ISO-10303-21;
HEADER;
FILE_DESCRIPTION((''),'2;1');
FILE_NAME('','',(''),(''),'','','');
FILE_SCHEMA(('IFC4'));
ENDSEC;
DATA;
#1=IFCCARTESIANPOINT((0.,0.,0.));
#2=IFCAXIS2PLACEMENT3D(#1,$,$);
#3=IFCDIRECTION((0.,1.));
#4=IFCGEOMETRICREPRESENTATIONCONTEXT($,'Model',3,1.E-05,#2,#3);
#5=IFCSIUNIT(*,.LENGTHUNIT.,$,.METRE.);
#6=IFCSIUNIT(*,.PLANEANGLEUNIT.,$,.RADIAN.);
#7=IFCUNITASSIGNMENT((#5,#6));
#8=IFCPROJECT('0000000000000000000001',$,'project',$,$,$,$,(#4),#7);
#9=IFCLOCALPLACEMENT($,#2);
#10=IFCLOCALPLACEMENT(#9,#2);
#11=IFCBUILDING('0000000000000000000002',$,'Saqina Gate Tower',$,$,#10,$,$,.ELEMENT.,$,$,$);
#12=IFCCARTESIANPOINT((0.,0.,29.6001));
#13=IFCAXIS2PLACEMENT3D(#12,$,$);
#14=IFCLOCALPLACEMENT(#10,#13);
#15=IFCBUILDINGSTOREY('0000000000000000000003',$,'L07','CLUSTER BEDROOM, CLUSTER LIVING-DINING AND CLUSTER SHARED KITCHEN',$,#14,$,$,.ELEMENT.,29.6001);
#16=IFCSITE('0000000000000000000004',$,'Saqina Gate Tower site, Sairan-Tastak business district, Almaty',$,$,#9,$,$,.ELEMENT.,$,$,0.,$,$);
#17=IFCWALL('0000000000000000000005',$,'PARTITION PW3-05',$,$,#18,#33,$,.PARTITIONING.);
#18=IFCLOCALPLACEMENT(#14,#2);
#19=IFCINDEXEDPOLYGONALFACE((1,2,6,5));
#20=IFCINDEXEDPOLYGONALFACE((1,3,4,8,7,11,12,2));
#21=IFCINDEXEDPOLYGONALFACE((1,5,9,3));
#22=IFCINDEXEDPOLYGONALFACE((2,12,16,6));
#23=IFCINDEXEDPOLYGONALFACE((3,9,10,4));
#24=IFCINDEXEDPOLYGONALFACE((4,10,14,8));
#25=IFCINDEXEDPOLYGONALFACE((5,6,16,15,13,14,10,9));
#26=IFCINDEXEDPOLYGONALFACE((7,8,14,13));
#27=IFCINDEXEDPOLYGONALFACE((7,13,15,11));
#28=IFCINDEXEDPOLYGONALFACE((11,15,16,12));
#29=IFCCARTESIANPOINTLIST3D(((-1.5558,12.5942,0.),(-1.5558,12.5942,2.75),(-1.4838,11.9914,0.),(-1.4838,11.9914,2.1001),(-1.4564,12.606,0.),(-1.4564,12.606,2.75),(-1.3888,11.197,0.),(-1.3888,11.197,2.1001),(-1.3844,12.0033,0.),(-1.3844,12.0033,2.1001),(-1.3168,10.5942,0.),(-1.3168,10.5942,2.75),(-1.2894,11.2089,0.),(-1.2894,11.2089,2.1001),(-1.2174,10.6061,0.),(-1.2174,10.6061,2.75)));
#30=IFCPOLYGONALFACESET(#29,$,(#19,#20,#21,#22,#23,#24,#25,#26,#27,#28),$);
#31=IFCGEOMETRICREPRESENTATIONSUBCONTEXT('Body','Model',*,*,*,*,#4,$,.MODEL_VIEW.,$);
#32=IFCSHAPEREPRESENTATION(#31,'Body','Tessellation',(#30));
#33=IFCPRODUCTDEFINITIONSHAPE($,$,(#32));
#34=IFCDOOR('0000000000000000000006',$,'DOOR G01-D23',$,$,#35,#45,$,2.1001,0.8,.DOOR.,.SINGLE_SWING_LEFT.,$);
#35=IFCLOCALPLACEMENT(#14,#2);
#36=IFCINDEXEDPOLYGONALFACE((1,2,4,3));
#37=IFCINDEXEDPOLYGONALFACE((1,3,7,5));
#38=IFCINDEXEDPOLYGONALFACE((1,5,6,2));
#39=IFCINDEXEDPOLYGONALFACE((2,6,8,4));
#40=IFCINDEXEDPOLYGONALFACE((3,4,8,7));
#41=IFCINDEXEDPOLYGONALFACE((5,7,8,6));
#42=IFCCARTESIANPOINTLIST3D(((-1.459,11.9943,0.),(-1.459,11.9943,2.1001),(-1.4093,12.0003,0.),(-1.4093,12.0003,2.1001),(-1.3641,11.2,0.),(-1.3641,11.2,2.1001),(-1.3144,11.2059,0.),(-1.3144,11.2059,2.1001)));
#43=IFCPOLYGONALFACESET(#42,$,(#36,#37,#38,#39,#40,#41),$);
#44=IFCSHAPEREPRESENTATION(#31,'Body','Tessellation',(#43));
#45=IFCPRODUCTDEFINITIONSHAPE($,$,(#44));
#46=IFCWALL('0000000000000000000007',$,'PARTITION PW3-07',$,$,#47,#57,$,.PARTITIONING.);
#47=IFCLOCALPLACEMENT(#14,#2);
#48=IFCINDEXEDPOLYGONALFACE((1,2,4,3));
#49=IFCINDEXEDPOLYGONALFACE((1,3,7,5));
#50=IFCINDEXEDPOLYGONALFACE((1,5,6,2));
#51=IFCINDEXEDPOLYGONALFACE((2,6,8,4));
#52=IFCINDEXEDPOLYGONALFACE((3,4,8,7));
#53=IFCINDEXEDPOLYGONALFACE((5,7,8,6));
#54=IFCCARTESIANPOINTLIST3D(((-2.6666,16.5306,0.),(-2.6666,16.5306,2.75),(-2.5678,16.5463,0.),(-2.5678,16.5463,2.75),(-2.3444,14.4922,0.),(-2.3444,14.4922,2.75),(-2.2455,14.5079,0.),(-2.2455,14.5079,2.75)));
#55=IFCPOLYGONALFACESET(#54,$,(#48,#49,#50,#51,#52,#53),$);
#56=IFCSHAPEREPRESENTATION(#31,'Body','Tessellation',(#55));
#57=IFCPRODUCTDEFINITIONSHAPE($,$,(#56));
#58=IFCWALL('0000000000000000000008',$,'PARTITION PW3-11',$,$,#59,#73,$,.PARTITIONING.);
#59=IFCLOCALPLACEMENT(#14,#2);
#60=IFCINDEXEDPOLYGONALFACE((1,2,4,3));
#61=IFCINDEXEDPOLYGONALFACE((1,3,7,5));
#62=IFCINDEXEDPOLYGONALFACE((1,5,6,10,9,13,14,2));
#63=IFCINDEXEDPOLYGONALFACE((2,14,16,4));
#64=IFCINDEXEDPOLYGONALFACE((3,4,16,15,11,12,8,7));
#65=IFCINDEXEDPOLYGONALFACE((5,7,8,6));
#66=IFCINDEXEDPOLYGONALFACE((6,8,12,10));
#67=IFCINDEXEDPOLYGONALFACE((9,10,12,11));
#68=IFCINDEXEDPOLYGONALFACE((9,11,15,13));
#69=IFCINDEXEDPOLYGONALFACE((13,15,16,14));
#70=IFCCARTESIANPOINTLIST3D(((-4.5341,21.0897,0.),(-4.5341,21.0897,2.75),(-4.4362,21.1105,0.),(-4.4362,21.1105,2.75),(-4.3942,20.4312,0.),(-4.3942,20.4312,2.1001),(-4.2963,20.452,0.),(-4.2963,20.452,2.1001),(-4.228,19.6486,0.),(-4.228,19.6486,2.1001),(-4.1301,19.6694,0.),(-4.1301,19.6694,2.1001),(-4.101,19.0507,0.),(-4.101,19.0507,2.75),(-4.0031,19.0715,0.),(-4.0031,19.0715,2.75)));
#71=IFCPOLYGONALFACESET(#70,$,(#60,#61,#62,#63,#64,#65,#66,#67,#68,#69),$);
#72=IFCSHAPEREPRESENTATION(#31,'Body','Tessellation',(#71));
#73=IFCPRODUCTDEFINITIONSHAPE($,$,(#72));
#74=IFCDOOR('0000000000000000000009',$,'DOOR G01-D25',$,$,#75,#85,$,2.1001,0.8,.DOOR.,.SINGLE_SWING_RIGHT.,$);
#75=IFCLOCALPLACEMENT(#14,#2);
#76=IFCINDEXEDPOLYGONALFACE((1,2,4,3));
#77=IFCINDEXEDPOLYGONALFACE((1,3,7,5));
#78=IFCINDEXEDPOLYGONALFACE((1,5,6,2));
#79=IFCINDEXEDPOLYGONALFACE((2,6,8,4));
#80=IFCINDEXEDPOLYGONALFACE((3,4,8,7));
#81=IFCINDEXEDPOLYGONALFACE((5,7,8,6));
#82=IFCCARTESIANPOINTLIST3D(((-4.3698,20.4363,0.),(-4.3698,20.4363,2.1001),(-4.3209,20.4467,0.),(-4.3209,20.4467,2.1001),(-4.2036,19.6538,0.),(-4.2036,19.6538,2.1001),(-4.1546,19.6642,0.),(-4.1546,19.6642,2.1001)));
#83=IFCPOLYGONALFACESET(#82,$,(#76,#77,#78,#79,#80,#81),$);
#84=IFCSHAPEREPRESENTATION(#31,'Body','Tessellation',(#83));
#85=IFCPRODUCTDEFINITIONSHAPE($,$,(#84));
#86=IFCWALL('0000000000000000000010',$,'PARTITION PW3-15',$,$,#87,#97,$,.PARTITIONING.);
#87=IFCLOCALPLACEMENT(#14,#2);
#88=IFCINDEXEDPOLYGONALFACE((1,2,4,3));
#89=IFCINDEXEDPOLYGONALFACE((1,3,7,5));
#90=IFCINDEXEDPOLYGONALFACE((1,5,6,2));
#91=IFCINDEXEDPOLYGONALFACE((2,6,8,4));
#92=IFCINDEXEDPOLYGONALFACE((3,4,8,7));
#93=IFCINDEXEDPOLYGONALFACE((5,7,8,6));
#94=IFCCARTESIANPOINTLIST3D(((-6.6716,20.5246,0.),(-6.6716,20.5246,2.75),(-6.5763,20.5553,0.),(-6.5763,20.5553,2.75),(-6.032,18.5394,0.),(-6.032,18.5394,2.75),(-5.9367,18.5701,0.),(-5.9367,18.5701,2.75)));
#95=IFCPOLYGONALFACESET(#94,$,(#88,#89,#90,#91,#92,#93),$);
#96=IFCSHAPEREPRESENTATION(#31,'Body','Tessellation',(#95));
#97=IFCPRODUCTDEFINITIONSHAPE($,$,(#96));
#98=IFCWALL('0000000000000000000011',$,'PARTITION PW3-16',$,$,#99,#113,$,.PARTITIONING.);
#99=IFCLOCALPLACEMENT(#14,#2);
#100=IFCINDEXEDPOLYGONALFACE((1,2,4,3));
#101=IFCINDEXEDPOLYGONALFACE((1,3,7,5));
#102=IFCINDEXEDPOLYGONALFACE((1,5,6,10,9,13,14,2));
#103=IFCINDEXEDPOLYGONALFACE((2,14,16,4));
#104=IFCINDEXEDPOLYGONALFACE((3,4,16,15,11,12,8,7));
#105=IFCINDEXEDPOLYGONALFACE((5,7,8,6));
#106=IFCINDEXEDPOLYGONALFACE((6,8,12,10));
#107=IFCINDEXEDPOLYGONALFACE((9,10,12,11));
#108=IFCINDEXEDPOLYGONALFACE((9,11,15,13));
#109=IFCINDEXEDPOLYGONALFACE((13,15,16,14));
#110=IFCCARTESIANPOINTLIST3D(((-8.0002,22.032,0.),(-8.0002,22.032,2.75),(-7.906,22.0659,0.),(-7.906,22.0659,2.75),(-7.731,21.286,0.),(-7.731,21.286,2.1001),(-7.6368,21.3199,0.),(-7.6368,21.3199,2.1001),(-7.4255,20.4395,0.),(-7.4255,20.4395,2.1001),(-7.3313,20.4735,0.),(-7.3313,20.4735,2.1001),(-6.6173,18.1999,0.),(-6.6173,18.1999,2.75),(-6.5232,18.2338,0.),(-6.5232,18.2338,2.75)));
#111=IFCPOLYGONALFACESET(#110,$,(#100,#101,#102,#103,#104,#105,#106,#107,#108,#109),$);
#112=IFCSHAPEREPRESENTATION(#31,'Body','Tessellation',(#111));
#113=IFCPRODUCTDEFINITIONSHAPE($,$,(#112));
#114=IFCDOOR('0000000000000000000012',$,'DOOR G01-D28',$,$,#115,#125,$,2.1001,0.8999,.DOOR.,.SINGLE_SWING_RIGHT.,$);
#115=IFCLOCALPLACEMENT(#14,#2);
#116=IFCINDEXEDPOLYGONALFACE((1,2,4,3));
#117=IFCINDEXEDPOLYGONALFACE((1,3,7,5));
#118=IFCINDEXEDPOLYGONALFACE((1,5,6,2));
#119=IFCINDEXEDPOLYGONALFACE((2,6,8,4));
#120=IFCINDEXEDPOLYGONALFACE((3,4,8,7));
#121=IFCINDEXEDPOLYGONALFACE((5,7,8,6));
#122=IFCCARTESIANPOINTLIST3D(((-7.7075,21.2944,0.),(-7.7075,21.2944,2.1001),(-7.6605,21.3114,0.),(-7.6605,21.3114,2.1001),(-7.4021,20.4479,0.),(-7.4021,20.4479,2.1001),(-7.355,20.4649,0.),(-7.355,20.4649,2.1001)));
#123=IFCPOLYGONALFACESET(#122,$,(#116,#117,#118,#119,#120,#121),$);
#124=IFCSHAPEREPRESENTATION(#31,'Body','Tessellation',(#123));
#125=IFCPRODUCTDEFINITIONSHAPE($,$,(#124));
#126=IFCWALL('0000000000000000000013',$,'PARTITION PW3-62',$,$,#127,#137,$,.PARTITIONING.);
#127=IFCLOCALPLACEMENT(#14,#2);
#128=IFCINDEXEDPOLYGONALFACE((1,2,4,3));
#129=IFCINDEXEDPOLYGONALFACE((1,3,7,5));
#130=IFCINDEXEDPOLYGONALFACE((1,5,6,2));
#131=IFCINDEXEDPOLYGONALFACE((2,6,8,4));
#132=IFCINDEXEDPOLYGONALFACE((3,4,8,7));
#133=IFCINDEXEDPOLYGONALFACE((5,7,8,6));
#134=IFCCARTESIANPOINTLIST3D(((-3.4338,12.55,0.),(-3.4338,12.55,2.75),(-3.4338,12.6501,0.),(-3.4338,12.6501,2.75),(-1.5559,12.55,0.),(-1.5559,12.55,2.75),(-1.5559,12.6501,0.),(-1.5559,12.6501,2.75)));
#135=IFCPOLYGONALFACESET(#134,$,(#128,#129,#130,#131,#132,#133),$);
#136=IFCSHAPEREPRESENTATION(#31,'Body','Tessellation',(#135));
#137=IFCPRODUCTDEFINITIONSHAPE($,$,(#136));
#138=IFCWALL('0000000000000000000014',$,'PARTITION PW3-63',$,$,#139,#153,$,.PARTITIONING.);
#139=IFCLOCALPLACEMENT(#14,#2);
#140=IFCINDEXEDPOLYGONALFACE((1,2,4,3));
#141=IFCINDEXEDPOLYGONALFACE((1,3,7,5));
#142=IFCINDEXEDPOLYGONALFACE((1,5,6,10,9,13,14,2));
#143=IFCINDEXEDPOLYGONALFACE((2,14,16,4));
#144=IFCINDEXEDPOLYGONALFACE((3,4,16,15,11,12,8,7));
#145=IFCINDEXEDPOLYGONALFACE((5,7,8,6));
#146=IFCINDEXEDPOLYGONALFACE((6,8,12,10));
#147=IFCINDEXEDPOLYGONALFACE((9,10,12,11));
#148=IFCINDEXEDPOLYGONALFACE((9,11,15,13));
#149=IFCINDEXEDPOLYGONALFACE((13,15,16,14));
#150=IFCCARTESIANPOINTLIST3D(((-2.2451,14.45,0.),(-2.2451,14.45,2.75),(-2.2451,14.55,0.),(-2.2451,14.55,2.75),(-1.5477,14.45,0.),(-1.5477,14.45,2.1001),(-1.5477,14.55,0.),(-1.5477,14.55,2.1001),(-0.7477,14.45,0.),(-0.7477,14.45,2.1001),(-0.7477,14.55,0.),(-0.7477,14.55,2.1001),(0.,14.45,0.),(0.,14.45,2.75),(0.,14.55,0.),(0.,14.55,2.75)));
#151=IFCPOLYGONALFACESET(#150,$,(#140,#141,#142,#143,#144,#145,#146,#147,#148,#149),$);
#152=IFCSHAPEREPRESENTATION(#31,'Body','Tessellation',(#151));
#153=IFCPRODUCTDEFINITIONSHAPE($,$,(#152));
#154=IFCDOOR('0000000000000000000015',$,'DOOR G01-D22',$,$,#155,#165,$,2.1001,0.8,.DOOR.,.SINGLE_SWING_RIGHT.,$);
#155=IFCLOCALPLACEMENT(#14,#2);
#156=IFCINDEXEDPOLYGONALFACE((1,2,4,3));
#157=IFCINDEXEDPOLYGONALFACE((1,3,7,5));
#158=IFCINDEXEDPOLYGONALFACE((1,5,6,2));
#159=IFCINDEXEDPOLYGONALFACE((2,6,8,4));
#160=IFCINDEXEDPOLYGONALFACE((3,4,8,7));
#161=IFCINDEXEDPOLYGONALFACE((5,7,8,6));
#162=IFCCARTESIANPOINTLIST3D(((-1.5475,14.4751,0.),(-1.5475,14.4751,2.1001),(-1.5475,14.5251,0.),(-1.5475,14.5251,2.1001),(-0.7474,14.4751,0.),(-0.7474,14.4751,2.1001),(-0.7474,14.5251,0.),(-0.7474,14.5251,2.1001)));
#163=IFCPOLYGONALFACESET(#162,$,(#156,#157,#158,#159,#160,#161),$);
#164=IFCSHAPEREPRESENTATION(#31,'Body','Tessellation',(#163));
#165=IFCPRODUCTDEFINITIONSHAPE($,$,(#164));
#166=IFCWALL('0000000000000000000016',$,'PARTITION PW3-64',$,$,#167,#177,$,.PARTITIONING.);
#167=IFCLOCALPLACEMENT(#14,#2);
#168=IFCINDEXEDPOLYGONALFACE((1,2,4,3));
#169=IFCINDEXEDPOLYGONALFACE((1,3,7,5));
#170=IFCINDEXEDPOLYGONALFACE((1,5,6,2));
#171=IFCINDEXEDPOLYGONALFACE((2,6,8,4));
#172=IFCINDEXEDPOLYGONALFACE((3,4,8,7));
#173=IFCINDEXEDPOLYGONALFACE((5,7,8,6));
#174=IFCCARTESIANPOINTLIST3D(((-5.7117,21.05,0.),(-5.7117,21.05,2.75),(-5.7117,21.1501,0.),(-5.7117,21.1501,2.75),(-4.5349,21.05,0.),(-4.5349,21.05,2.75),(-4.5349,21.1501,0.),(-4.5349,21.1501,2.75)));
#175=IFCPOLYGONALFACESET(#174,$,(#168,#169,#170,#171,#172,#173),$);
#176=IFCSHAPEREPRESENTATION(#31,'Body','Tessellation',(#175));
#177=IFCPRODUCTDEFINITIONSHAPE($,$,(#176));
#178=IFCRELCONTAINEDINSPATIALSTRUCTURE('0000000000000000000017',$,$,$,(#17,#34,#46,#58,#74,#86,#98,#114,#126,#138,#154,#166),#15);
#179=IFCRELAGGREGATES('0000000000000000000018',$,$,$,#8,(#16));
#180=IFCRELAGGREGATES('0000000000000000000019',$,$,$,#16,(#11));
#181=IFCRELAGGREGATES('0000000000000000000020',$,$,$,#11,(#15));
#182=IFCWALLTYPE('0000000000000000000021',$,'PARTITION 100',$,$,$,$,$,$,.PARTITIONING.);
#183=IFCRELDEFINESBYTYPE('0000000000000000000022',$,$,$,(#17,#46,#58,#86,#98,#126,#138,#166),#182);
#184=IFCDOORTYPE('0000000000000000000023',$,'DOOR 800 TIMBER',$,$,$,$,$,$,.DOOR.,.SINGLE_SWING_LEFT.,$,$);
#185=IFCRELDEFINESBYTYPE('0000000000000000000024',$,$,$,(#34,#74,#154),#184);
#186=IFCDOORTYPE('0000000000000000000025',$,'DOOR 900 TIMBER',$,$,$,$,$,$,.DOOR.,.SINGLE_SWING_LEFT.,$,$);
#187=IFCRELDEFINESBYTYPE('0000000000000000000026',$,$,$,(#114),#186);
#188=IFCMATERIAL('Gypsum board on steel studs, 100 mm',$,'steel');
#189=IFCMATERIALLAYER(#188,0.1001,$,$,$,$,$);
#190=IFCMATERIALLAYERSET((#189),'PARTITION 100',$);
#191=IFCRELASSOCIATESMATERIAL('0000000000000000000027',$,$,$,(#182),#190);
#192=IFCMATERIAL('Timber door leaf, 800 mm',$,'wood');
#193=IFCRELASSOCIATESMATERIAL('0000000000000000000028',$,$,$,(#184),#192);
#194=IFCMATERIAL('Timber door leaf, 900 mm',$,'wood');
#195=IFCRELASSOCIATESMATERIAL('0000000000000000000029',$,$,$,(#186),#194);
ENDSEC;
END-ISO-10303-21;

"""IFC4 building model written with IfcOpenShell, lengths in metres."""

from ifc_helpers import new_model, si_unit, direction, frame, frame_2d, origin, place, context, subcontext, project, spatial, rectangle, extrude, material, layer, layer_set, type_object, element, fill, save


model = new_model("IFC4")

# Units and contexts
model_context = context("Model", 3, precision=1e-05, world=origin(), true_north=direction((0.0, 1.0)))
body_context = subcontext(model_context, "Body", "Model", "MODEL_VIEW")
ifc_project = project(units=[si_unit("LENGTHUNIT", "METRE"), si_unit("PLANEANGLEUNIT", "RADIAN")], contexts=[model_context])

# Site, building, storey
site_placement = place(None, origin())
site = spatial("IfcSite", under=ifc_project, at=site_placement, Name="Saqina Gate Tower site, Sairan-Tastak business district, Almaty", CompositionType="ELEMENT", RefElevation=0.0)
building_placement = place(site_placement, origin())
building = spatial("IfcBuilding", under=site, at=building_placement, Name="Saqina Gate Tower", CompositionType="ELEMENT")
storey_placement = place(building_placement, frame((0.0, 0.0, 29.6001)))
storey = spatial("IfcBuildingStorey", under=building, at=storey_placement, Name="L07", Description="CLUSTER BEDROOM, CLUSTER LIVING-DINING AND CLUSTER SHARED KITCHEN", CompositionType="ELEMENT", Elevation=29.6001)

# Wall, opening, door
ifc_material_1 = material(Name="Gypsum board on steel studs, 100 mm", Category="steel")
ifc_layer_1 = layer(ifc_material_1, 0.1001)
ifc_layer_set_1 = layer_set([ifc_layer_1], Name="PARTITION 100")
wall_type_1 = type_object("IfcWallType", Name="PARTITION 100", PredefinedType="PARTITIONING", material=ifc_layer_set_1)
wall_1_placement = place(storey_placement, frame((-1.5061, 12.6001, 0.0), z_axis=(0.0, 0.0, 1.0), x_axis=(0.118662, -0.992935, 0.0)))
wall_1 = element("IfcWall", 1, at=wall_1_placement, inside=storey, type_object=wall_type_1, Name="PARTITION PW3-05", PredefinedType="PARTITIONING", context=body_context, shape_type="SweptSolid", body=[
    extrude(rectangle(XDim=2.0142, YDim=0.1001, at=frame_2d((1.0071, 0.0))), origin(), (0.0, 0.0, 1.0), 2.75),
])
opening_1_placement = place(wall_1_placement, frame((0.6072, 0.0, 0.0)))
opening_1 = element("IfcOpeningElement", 2, at=opening_1_placement, cuts=wall_1, PredefinedType="OPENING", context=body_context, shape_type="SweptSolid", body=[
    extrude(rectangle(XDim=0.8, YDim=2.1001, at=frame_2d((0.3999, 1.05))), frame((0.0, 0.062, 0.0), z_axis=(0.0, -1.0, 0.0), x_axis=(1.0, 0.0, 0.0)), (0.0, 0.0, 1.0), 0.124),
])
ifc_material_2 = material(Name="Timber door leaf, 800 mm", Category="wood")
door_type_1 = type_object("IfcDoorType", Name="DOOR 800 TIMBER", OperationType="SINGLE_SWING_LEFT", PredefinedType="DOOR", material=ifc_material_2)
door_1_placement = place(opening_1_placement, origin())
door_1 = element("IfcDoor", 3, at=door_1_placement, inside=storey, type_object=door_type_1, Name="DOOR G01-D23", OperationType="SINGLE_SWING_LEFT", OverallHeight=2.1001, OverallWidth=0.8, PredefinedType="DOOR", context=body_context, shape_type="SweptSolid", body=[
    extrude(rectangle(XDim=0.8, YDim=2.1001, at=frame_2d((0.3999, 1.05))), frame((0.0, 0.0249, 0.0), z_axis=(0.0, -1.0, 0.0), x_axis=(1.0, 0.0, 0.0)), (0.0, 0.0, 1.0), 0.05),
])
fill(opening_1, door_1)

# Wall
wall_2_placement = place(storey_placement, frame((-2.6172, 16.5383, 0.0), z_axis=(0.0, 0.0, 1.0), x_axis=(0.156163, -0.987731, 0.0)))
element("IfcWall", 4, at=wall_2_placement, inside=storey, type_object=wall_type_1, Name="PARTITION PW3-07", PredefinedType="PARTITIONING", context=body_context, shape_type="SweptSolid", body=[
    extrude(rectangle(XDim=2.0637, YDim=0.1001, at=frame_2d((1.0317, 0.0))), origin(), (0.0, 0.0, 1.0), 2.75),
])

# Wall, opening, door
wall_3_placement = place(storey_placement, frame((-4.4851, 21.1001, 0.0), z_axis=(0.0, 0.0, 1.0), x_axis=(0.207769, -0.978178, 0.0)))
wall_3 = element("IfcWall", 5, at=wall_3_placement, inside=storey, type_object=wall_type_1, Name="PARTITION PW3-11", PredefinedType="PARTITIONING", context=body_context, shape_type="SweptSolid", body=[
    extrude(rectangle(XDim=2.0845, YDim=0.1001, at=frame_2d((1.0422, 0.0))), origin(), (0.0, 0.0, 1.0), 2.75),
])
opening_2_placement = place(wall_3_placement, frame((0.6733, 0.0, 0.0)))
opening_2 = element("IfcOpeningElement", 6, at=opening_2_placement, cuts=wall_3, PredefinedType="OPENING", context=body_context, shape_type="SweptSolid", body=[
    extrude(rectangle(XDim=0.8, YDim=2.1001, at=frame_2d((0.3999, 1.05))), frame((0.0, 0.062, 0.0), z_axis=(0.0, -1.0, 0.0), x_axis=(1.0, 0.0, 0.0)), (0.0, 0.0, 1.0), 0.124),
])
door_2_placement = place(opening_2_placement, origin())
door_2 = element("IfcDoor", 7, at=door_2_placement, inside=storey, type_object=door_type_1, Name="DOOR G01-D25", OperationType="SINGLE_SWING_RIGHT", OverallHeight=2.1001, OverallWidth=0.8, PredefinedType="DOOR", context=body_context, shape_type="SweptSolid", body=[
    extrude(rectangle(XDim=0.8, YDim=2.1001, at=frame_2d((0.3999, 1.05))), frame((0.0, 0.0249, 0.0), z_axis=(0.0, -1.0, 0.0), x_axis=(1.0, 0.0, 0.0)), (0.0, 0.0, 1.0), 0.05),
])
fill(opening_2, door_2)

# Wall
wall_4_placement = place(storey_placement, frame((-6.624, 20.54, 0.0), z_axis=(0.0, 0.0, 1.0), x_axis=(0.306695, -0.951808, 0.0)))
element("IfcWall", 8, at=wall_4_placement, inside=storey, type_object=wall_type_1, Name="PARTITION PW3-15", PredefinedType="PARTITIONING", context=body_context, shape_type="SweptSolid", body=[
    extrude(rectangle(XDim=2.0857, YDim=0.1001, at=frame_2d((1.043, 0.0))), origin(), (0.0, 0.0, 1.0), 2.75),
])

# Wall, opening, door
wall_5_placement = place(storey_placement, frame((-7.9531, 22.0491, 0.0), z_axis=(0.0, 0.0, 1.0), x_axis=(0.339432, -0.94063, 0.0)))
wall_5 = element("IfcWall", 9, at=wall_5_placement, inside=storey, type_object=wall_type_1, Name="PARTITION PW3-16", PredefinedType="PARTITIONING", context=body_context, shape_type="SweptSolid", body=[
    extrude(rectangle(XDim=4.074, YDim=0.1001, at=frame_2d((2.0371, 0.0))), origin(), (0.0, 0.0, 1.0), 2.75),
])
opening_3_placement = place(wall_5_placement, frame((0.7932, 0.0, 0.0)))
opening_3 = element("IfcOpeningElement", 10, at=opening_3_placement, cuts=wall_5, PredefinedType="OPENING", context=body_context, shape_type="SweptSolid", body=[
    extrude(rectangle(XDim=0.8999, YDim=2.1001, at=frame_2d((0.45, 1.05))), frame((0.0, 0.062, 0.0), z_axis=(0.0, -1.0, 0.0), x_axis=(1.0, 0.0, 0.0)), (0.0, 0.0, 1.0), 0.124),
])
ifc_material_3 = material(Name="Timber door leaf, 900 mm", Category="wood")
door_type_2 = type_object("IfcDoorType", Name="DOOR 900 TIMBER", OperationType="SINGLE_SWING_LEFT", PredefinedType="DOOR", material=ifc_material_3)
door_3_placement = place(opening_3_placement, origin())
door_3 = element("IfcDoor", 11, at=door_3_placement, inside=storey, type_object=door_type_2, Name="DOOR G01-D28", OperationType="SINGLE_SWING_RIGHT", OverallHeight=2.1001, OverallWidth=0.8999, PredefinedType="DOOR", context=body_context, shape_type="SweptSolid", body=[
    extrude(rectangle(XDim=0.8999, YDim=2.1001, at=frame_2d((0.45, 1.05))), frame((0.0, 0.0249, 0.0), z_axis=(0.0, -1.0, 0.0), x_axis=(1.0, 0.0, 0.0)), (0.0, 0.0, 1.0), 0.05),
])
fill(opening_3, door_3)

# Wall
wall_6_placement = place(storey_placement, frame((-3.4338, 12.6001, 0.0), z_axis=(0.0, 0.0, 1.0), x_axis=(1.0, 0.0, 0.0)))
element("IfcWall", 12, at=wall_6_placement, inside=storey, type_object=wall_type_1, Name="PARTITION PW3-62", PredefinedType="PARTITIONING", context=body_context, shape_type="SweptSolid", body=[
    extrude(rectangle(XDim=1.8779, YDim=0.1001, at=frame_2d((0.939, 0.0))), origin(), (0.0, 0.0, 1.0), 2.75),
])

# Wall, opening, door
wall_7_placement = place(storey_placement, frame((-2.2451, 14.5, 0.0), z_axis=(0.0, 0.0, 1.0), x_axis=(1.0, 0.0, 0.0)))
wall_7 = element("IfcWall", 13, at=wall_7_placement, inside=storey, type_object=wall_type_1, Name="PARTITION PW3-63", PredefinedType="PARTITIONING", context=body_context, shape_type="SweptSolid", body=[
    extrude(rectangle(XDim=2.2451, YDim=0.1001, at=frame_2d((1.1226, 0.0))), origin(), (0.0, 0.0, 1.0), 2.75),
])
opening_4_placement = place(wall_7_placement, frame((0.6975, 0.0, 0.0)))
opening_4 = element("IfcOpeningElement", 14, at=opening_4_placement, cuts=wall_7, PredefinedType="OPENING", context=body_context, shape_type="SweptSolid", body=[
    extrude(rectangle(XDim=0.8, YDim=2.1001, at=frame_2d((0.3999, 1.05))), frame((0.0, 0.062, 0.0), z_axis=(0.0, -1.0, 0.0), x_axis=(1.0, 0.0, 0.0)), (0.0, 0.0, 1.0), 0.124),
])
door_4_placement = place(opening_4_placement, frame((0.8, 0.0, 0.0), z_axis=(0.0, 0.0, 1.0), x_axis=(-1.0, 0.0, 0.0)))
door_4 = element("IfcDoor", 15, at=door_4_placement, inside=storey, type_object=door_type_1, Name="DOOR G01-D22", OperationType="SINGLE_SWING_RIGHT", OverallHeight=2.1001, OverallWidth=0.8, PredefinedType="DOOR", context=body_context, shape_type="SweptSolid", body=[
    extrude(rectangle(XDim=0.8, YDim=2.1001, at=frame_2d((0.3999, 1.05))), frame((0.0, 0.0249, 0.0), z_axis=(0.0, -1.0, 0.0), x_axis=(1.0, 0.0, 0.0)), (0.0, 0.0, 1.0), 0.05),
])
fill(opening_4, door_4)

# Wall
wall_8_placement = place(storey_placement, frame((-5.7117, 21.1001, 0.0), z_axis=(0.0, 0.0, 1.0), x_axis=(1.0, 0.0, 0.0)))
element("IfcWall", 16, at=wall_8_placement, inside=storey, type_object=wall_type_1, Name="PARTITION PW3-64", PredefinedType="PARTITIONING", context=body_context, shape_type="SweptSolid", body=[
    extrude(rectangle(XDim=1.1768, YDim=0.1001, at=frame_2d((0.5884, 0.0))), origin(), (0.0, 0.0, 1.0), 2.75),
])

save(model, "model.ifc")
